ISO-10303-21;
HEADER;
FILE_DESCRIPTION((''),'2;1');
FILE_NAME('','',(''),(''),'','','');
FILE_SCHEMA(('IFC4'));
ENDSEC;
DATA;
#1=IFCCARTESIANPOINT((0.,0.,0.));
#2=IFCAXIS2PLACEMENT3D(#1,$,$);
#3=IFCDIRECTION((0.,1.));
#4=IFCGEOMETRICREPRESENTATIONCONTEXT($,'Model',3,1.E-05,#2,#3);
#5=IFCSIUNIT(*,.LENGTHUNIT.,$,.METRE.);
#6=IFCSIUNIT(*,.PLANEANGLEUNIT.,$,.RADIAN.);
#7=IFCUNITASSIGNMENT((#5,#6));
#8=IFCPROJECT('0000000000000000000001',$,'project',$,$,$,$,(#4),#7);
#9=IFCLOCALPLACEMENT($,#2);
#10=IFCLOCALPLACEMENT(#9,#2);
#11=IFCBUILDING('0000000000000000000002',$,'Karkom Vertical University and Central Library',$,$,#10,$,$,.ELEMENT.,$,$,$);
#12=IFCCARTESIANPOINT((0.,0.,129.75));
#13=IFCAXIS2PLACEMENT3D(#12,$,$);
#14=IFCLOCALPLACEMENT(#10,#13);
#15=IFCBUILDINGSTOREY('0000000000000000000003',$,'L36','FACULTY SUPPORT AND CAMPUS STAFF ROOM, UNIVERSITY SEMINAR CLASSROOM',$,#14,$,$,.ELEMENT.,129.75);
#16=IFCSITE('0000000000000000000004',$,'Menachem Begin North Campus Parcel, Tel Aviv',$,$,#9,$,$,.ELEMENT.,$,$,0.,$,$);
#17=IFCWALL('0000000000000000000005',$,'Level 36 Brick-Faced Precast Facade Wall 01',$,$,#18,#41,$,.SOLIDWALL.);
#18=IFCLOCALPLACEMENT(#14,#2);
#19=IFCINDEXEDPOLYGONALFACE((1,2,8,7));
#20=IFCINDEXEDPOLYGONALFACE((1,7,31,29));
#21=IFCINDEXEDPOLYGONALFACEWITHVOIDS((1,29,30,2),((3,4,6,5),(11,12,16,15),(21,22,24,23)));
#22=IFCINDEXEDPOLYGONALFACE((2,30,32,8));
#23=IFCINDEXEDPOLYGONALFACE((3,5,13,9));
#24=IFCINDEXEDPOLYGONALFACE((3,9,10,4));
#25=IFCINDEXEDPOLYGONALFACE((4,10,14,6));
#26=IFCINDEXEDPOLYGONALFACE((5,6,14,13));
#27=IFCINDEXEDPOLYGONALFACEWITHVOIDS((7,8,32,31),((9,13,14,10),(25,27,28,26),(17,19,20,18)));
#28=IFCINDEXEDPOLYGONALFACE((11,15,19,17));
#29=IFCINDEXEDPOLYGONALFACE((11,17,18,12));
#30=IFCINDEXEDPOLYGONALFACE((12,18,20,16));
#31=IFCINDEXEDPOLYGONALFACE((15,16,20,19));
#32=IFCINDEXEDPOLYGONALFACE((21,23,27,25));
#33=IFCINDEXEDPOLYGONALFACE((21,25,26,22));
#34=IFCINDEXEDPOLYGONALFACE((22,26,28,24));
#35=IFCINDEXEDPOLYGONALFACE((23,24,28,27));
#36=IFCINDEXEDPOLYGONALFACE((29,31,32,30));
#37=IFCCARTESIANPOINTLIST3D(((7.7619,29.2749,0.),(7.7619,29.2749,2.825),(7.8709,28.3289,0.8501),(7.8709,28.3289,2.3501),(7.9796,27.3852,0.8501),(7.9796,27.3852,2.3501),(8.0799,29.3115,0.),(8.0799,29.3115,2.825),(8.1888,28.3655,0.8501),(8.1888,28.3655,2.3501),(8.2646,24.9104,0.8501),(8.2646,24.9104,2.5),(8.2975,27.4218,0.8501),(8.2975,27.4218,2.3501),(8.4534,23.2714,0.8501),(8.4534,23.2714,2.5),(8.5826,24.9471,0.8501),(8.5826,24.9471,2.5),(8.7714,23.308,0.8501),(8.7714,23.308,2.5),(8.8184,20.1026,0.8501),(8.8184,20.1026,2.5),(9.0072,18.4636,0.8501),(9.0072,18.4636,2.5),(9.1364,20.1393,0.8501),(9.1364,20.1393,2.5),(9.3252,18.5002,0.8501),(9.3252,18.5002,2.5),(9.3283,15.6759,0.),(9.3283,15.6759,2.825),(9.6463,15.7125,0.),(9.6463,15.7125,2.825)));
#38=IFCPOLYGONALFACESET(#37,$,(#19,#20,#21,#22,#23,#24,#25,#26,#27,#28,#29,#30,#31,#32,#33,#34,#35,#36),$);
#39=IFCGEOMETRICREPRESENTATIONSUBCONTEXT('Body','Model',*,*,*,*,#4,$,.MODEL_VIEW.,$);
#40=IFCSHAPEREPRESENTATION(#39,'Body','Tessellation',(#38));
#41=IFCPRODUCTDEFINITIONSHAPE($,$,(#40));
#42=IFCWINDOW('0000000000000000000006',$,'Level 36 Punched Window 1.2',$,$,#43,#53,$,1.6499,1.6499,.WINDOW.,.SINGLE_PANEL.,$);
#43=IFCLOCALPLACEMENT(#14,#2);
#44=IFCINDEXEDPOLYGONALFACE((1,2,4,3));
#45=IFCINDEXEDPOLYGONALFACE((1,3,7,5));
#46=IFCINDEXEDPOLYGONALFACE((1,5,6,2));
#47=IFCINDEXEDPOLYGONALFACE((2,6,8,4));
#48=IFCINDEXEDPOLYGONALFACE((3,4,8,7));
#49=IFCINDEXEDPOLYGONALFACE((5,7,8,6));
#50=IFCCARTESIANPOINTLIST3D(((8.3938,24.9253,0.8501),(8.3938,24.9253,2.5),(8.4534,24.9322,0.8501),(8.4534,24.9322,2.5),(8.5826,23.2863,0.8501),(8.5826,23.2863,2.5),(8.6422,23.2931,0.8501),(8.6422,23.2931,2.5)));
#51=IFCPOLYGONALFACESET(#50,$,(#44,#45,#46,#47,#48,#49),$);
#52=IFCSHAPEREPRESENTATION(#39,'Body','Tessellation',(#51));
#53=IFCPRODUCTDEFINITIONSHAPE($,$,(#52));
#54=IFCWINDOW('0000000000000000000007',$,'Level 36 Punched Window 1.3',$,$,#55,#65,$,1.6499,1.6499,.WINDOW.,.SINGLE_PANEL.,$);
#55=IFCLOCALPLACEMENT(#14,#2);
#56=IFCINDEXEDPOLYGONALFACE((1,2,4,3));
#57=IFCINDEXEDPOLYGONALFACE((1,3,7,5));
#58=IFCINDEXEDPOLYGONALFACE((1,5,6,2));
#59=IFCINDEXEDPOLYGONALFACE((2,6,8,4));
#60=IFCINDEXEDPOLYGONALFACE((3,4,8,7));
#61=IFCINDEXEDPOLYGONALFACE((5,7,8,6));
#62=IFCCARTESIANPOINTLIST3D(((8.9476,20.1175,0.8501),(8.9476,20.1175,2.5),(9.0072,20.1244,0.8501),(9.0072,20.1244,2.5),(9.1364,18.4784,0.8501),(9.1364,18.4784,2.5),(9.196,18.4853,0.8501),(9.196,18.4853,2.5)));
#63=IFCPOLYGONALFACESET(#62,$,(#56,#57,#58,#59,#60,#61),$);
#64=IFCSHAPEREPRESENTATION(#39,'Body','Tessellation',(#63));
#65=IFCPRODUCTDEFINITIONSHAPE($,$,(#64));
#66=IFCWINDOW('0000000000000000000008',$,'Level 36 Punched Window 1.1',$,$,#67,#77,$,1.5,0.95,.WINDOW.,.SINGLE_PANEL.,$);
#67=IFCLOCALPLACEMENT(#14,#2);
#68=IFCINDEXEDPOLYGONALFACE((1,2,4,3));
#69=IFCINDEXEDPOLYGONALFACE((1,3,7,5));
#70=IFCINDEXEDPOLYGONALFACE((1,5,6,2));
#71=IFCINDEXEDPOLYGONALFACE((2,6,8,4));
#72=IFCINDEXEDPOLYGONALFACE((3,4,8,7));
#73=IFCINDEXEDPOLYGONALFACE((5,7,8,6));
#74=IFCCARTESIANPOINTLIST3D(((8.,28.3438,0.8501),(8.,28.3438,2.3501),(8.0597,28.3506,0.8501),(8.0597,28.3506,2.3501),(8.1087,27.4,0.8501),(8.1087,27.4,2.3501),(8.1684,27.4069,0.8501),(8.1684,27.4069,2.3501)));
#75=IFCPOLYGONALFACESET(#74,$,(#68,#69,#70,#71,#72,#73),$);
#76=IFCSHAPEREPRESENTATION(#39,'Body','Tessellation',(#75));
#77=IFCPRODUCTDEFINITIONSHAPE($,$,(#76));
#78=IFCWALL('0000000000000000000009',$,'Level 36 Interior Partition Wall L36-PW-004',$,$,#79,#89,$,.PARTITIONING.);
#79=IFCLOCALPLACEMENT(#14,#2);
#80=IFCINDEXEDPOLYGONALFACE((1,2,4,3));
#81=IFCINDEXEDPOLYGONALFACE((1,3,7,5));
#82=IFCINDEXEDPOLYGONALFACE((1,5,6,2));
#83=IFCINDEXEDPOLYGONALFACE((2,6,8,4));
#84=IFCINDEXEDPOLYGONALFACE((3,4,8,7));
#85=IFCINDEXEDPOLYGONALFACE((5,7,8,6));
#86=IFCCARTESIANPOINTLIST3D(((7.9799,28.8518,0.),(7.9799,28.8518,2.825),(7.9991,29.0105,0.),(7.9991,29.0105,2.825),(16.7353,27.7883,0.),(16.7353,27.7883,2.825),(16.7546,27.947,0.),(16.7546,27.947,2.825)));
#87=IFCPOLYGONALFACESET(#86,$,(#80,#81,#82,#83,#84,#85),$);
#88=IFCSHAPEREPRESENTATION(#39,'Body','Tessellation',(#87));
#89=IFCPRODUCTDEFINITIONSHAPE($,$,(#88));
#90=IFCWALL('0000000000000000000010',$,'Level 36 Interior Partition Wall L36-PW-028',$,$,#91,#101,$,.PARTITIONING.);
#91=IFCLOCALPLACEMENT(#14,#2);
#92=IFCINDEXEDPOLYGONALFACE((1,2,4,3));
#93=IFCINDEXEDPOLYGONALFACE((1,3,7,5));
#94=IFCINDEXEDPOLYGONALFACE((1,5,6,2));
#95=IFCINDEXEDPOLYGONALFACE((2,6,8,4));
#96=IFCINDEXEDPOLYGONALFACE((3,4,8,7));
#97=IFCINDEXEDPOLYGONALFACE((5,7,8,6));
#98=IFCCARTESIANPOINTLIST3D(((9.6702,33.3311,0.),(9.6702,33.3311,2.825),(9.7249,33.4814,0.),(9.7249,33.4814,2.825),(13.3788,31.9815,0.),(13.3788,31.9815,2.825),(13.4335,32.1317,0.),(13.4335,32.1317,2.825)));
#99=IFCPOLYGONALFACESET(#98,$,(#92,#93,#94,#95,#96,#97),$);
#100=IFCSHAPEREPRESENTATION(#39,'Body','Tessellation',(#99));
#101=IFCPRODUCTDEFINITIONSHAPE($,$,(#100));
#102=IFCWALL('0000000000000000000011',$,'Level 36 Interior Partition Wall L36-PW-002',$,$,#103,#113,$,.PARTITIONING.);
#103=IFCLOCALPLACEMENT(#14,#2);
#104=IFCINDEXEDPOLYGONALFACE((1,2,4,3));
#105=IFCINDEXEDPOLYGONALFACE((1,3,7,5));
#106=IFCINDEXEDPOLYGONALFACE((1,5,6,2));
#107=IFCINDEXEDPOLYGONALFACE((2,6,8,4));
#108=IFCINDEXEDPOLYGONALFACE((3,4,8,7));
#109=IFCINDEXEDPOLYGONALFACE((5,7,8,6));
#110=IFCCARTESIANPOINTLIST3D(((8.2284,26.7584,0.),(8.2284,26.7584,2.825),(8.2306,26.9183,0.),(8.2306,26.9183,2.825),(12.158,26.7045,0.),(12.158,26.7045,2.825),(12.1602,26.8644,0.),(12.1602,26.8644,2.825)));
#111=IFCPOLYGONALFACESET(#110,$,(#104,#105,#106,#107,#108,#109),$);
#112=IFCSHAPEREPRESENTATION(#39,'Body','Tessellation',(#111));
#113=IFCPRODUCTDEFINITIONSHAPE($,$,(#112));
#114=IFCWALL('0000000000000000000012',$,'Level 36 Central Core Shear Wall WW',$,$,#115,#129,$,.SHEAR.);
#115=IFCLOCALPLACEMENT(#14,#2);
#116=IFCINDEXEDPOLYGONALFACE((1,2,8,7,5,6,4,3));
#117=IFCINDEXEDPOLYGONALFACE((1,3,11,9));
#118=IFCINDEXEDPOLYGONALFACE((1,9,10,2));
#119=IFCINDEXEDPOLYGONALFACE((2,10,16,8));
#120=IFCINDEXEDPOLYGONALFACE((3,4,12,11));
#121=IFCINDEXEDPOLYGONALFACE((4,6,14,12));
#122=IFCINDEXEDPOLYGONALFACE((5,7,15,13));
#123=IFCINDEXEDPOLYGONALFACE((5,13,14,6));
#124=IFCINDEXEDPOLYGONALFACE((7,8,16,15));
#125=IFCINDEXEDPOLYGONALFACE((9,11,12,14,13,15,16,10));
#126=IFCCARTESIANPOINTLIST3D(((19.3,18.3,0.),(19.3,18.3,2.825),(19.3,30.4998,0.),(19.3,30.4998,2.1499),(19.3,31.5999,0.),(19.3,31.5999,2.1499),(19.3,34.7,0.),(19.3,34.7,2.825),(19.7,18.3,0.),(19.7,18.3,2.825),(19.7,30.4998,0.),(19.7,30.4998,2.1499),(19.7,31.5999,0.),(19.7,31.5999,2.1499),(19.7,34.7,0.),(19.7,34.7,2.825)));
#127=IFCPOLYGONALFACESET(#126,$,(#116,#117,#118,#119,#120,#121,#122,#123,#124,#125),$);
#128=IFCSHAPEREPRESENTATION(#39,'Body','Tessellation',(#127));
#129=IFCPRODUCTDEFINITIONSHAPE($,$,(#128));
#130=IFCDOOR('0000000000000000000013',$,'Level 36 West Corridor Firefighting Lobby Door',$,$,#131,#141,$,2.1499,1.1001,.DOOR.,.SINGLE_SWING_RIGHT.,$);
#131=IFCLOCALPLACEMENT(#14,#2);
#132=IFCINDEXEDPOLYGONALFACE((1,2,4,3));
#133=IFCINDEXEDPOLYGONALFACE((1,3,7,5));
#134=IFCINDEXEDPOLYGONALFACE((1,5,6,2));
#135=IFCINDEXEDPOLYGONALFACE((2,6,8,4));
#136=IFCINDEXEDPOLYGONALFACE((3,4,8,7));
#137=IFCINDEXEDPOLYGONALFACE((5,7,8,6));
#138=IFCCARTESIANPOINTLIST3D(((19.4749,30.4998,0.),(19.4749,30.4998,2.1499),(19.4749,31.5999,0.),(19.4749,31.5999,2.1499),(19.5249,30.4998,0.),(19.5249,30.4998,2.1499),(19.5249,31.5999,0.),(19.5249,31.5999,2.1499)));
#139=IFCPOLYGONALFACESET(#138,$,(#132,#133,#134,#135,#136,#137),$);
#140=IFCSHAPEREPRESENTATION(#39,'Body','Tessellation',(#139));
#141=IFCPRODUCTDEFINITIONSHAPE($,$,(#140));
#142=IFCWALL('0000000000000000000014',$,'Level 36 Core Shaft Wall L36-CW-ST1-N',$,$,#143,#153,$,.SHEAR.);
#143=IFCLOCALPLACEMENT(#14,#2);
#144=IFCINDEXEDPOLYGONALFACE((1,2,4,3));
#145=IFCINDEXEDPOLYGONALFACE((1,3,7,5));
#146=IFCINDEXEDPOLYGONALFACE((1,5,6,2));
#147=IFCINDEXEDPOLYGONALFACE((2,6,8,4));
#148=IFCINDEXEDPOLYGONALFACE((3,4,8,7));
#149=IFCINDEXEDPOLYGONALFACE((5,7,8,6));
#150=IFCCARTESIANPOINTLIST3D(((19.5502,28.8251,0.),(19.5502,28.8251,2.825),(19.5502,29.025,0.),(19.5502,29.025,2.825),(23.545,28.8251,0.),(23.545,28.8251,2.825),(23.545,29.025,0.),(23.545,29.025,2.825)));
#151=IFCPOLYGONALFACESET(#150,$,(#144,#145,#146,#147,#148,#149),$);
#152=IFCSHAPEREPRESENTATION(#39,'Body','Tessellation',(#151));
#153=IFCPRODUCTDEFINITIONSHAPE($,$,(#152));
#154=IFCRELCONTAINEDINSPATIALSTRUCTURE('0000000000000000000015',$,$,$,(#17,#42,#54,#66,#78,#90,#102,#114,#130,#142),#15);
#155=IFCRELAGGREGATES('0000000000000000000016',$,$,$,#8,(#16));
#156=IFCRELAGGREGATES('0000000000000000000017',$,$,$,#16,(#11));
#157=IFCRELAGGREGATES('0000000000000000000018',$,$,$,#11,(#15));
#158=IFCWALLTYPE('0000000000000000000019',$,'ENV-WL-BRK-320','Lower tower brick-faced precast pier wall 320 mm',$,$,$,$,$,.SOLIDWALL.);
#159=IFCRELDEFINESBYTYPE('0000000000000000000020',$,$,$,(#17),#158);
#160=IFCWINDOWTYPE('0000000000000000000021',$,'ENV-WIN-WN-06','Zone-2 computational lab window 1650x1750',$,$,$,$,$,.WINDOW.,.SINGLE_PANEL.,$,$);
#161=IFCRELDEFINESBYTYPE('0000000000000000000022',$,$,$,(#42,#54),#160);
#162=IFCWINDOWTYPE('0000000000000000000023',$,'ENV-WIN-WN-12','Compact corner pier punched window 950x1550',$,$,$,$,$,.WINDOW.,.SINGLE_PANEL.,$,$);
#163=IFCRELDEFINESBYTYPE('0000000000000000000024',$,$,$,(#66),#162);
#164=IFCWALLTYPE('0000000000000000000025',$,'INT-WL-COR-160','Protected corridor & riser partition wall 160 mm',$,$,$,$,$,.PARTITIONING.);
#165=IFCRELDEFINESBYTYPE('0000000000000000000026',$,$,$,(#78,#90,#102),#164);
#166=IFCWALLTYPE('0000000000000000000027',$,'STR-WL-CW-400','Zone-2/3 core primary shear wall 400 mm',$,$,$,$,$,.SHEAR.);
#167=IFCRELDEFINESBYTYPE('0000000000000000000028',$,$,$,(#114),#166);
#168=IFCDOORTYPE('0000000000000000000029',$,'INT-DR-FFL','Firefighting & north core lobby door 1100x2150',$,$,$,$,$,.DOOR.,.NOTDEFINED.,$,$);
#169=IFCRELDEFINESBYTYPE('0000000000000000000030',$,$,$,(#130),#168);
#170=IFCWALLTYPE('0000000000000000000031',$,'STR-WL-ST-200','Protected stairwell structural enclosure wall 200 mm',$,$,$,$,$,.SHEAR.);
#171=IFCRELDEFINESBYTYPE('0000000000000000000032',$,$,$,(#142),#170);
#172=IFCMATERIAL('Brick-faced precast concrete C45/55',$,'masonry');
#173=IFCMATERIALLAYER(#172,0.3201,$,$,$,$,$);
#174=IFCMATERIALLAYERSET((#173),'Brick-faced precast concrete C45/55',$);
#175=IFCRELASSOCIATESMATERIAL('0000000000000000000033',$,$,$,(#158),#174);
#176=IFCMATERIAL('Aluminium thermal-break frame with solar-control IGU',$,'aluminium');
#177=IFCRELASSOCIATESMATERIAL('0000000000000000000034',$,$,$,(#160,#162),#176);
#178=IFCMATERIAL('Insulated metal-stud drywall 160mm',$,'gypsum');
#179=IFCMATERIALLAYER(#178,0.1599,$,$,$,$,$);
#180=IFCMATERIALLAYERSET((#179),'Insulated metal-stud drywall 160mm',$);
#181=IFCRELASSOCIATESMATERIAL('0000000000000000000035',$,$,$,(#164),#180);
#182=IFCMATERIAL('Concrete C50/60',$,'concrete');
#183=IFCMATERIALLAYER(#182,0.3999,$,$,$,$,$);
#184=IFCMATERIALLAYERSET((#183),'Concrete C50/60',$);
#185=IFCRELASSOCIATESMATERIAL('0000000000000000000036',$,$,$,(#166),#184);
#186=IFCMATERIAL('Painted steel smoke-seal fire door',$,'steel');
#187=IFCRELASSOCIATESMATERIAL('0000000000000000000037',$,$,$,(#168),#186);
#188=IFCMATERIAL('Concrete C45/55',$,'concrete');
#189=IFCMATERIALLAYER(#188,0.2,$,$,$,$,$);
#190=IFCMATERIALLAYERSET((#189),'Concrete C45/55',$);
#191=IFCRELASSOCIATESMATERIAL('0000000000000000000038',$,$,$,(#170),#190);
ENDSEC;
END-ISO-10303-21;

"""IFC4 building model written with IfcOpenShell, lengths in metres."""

from ifc_helpers import new_model, si_unit, direction, frame, frame_2d, origin, origin_with_axes, place, context, subcontext, project, spatial, rectangle, extrude, source, transform, mapped, material, layer, layer_set, type_object, element, fill, save


model = new_model("IFC4")

# Units and contexts
model_context = context("Model", 3, precision=1e-05, world=origin(), true_north=direction((0.0, 1.0)))
body_context = subcontext(model_context, "Body", "Model", "MODEL_VIEW")
ifc_project = project(units=[si_unit("LENGTHUNIT", "METRE"), si_unit("PLANEANGLEUNIT", "RADIAN")], contexts=[model_context])

# Site, building, storey
site_placement = place(None, origin())
site = spatial("IfcSite", under=ifc_project, at=site_placement, Name="Menachem Begin North Campus Parcel, Tel Aviv", CompositionType="ELEMENT", RefElevation=0.0)
building_placement = place(site_placement, origin())
building = spatial("IfcBuilding", under=site, at=building_placement, Name="Karkom Vertical University and Central Library", CompositionType="ELEMENT")
storey_placement = place(building_placement, frame((0.0, 0.0, 129.75)))
storey = spatial("IfcBuildingStorey", under=building, at=storey_placement, Name="L36", Description="FACULTY SUPPORT AND CAMPUS STAFF ROOM, UNIVERSITY SEMINAR CLASSROOM", CompositionType="ELEMENT", Elevation=129.75)

# Shared definitions
ifc_material_1 = material(Name="Concrete C50/60", Category="concrete")

# Wall, openings, windows
ifc_material_2 = material(Name="Brick-faced precast concrete C45/55", Category="masonry")
ifc_layer_1 = layer(ifc_material_2, 0.3201)
ifc_layer_set_1 = layer_set([ifc_layer_1], Name="Brick-faced precast concrete C45/55")
wall_type_1 = type_object("IfcWallType", Name="ENV-WL-BRK-320", Description="Lower tower brick-faced precast pier wall 320 mm", PredefinedType="SOLIDWALL", material=ifc_layer_set_1)
wall_1_placement = place(storey_placement, frame((7.9209, 29.2932, 0.0), z_axis=(0.0, 0.0, 1.0), x_axis=(0.114428, -0.993432, 0.0)))
wall_1 = element("IfcWall", 1, at=wall_1_placement, inside=storey, type_object=wall_type_1, Name="Level 36 Brick-Faced Precast Facade Wall 01", PredefinedType="SOLIDWALL", context=body_context, shape_type="SweptSolid", body=[
    extrude(rectangle(XDim=13.689, YDim=0.3201, at=frame_2d((6.8445, 0.0))), origin(), (0.0, 0.0, 1.0), 2.825),
])
opening_1_placement = place(wall_1_placement, frame((0.9521, 0.0, 0.8501)))
opening_1 = element("IfcOpeningElement", 2, at=opening_1_placement, cuts=wall_1, PredefinedType="OPENING", context=body_context, shape_type="SweptSolid", body=[
    extrude(rectangle(XDim=0.95, YDim=1.5, at=frame_2d((0.4751, 0.75))), frame((0.0, 0.1699, 0.0), z_axis=(0.0, -1.0, 0.0), x_axis=(1.0, 0.0, 0.0)), (0.0, 0.0, 1.0), 0.3401),
])
opening_2_placement = place(wall_1_placement, frame((4.3933, 0.0, 0.8501)))
opening_2 = element("IfcOpeningElement", 3, at=opening_2_placement, cuts=wall_1, PredefinedType="OPENING", context=body_context, shape_type="SweptSolid", body=[
    extrude(rectangle(XDim=1.6499, YDim=1.6499, at=frame_2d((0.825, 0.825))), frame((0.0, 0.1699, 0.0), z_axis=(0.0, -1.0, 0.0), x_axis=(1.0, 0.0, 0.0)), (0.0, 0.0, 1.0), 0.3401),
])
opening_3_placement = place(wall_1_placement, frame((9.2329, 0.0, 0.8501)))
opening_3 = element("IfcOpeningElement", 4, at=opening_3_placement, cuts=wall_1, PredefinedType="OPENING", context=body_context, shape_type="SweptSolid", body=[
    extrude(rectangle(XDim=1.6499, YDim=1.6499, at=frame_2d((0.825, 0.825))), frame((0.0, 0.1699, 0.0), z_axis=(0.0, -1.0, 0.0), x_axis=(1.0, 0.0, 0.0)), (0.0, 0.0, 1.0), 0.3401),
])
ifc_material_3 = material(Name="Aluminium thermal-break frame with solar-control IGU", Category="aluminium")
window_type_1 = type_object("IfcWindowType", Name="ENV-WIN-WN-06", Description="Zone-2 computational lab window 1650x1750", PartitioningType="SINGLE_PANEL", PredefinedType="WINDOW", material=ifc_material_3)
shared_shape_1 = source(origin_with_axes(), body_context, "Body", "SweptSolid", [
    extrude(rectangle(XDim=1.6499, YDim=1.6499, at=frame_2d((0.825, 0.825))), frame((0.0, 0.03, 0.0), z_axis=(0.0, -1.0, 0.0), x_axis=(1.0, 0.0, 0.0)), (0.0, 0.0, 1.0), 0.0601),
])
window_1_placement = place(opening_2_placement, origin())
window_1 = element("IfcWindow", 5, at=window_1_placement, inside=storey, type_object=window_type_1, Name="Level 36 Punched Window 1.2", OverallHeight=1.6499, OverallWidth=1.6499, PartitioningType="SINGLE_PANEL", PredefinedType="WINDOW", context=body_context, shape_type="MappedRepresentation", body=[
    mapped(shared_shape_1, transform((0.0, 0.0, 0.0), scale=1.0)),
])
fill(opening_2, window_1)
window_2_placement = place(opening_3_placement, origin())
window_2 = element("IfcWindow", 6, at=window_2_placement, inside=storey, type_object=window_type_1, Name="Level 36 Punched Window 1.3", OverallHeight=1.6499, OverallWidth=1.6499, PartitioningType="SINGLE_PANEL", PredefinedType="WINDOW", context=body_context, shape_type="MappedRepresentation", body=[
    mapped(shared_shape_1, transform((0.0, 0.0, 0.0), scale=1.0)),
])
fill(opening_3, window_2)
window_type_2 = type_object("IfcWindowType", Name="ENV-WIN-WN-12", Description="Compact corner pier punched window 950x1550", PartitioningType="SINGLE_PANEL", PredefinedType="WINDOW", material=ifc_material_3)
shared_shape_2 = source(origin_with_axes(), body_context, "Body", "SweptSolid", [
    extrude(rectangle(XDim=0.95, YDim=1.5, at=frame_2d((0.4751, 0.75))), frame((0.0, 0.03, 0.0), z_axis=(0.0, -1.0, 0.0), x_axis=(1.0, 0.0, 0.0)), (0.0, 0.0, 1.0), 0.0601),
])
window_3_placement = place(opening_1_placement, origin())
window_3 = element("IfcWindow", 7, at=window_3_placement, inside=storey, type_object=window_type_2, Name="Level 36 Punched Window 1.1", OverallHeight=1.5, OverallWidth=0.95, PartitioningType="SINGLE_PANEL", PredefinedType="WINDOW", context=body_context, shape_type="MappedRepresentation", body=[
    mapped(shared_shape_2, transform((0.0, 0.0, 0.0), scale=1.0)),
])
fill(opening_1, window_3)

# Walls
ifc_material_4 = material(Name="Insulated metal-stud drywall 160mm", Category="gypsum")
ifc_layer_2 = layer(ifc_material_4, 0.1599)
ifc_layer_set_2 = layer_set([ifc_layer_2], Name="Insulated metal-stud drywall 160mm")
wall_type_2 = type_object("IfcWallType", Name="INT-WL-COR-160", Description="Protected corridor & riser partition wall 160 mm", PredefinedType="PARTITIONING", material=ifc_layer_set_2)
wall_2_placement = place(storey_placement, frame((7.9895, 28.9312, 0.0), z_axis=(0.0, 0.0, 1.0), x_axis=(0.992704, -0.120579, 0.0)))
element("IfcWall", 8, at=wall_2_placement, inside=storey, type_object=wall_type_2, Name="Level 36 Interior Partition Wall L36-PW-004", PredefinedType="PARTITIONING", context=body_context, shape_type="SweptSolid", body=[
    extrude(rectangle(XDim=8.8198, YDim=0.1599, at=frame_2d((4.4099, 0.0))), origin(), (0.0, 0.0, 1.0), 2.825),
])
wall_3_placement = place(storey_placement, frame((13.406, 32.0566, 0.0), z_axis=(0.0, 0.0, 1.0), x_axis=(-0.939707, 0.341981, 0.0)))
element("IfcWall", 9, at=wall_3_placement, inside=storey, type_object=wall_type_2, Name="Level 36 Interior Partition Wall L36-PW-028", PredefinedType="PARTITIONING", context=body_context, shape_type="SweptSolid", body=[
    extrude(rectangle(XDim=3.9465, YDim=0.1599, at=frame_2d((1.9731, 0.0))), origin(), (0.0, 0.0, 1.0), 2.825),
])
wall_4_placement = place(storey_placement, frame((12.1589, 26.7844, 0.0), z_axis=(0.0, 0.0, 1.0), x_axis=(-0.999906, 0.01373, 0.0)))
element("IfcWall", 10, at=wall_4_placement, inside=storey, type_object=wall_type_2, Name="Level 36 Interior Partition Wall L36-PW-002", PredefinedType="PARTITIONING", context=body_context, shape_type="SweptSolid", body=[
    extrude(rectangle(XDim=3.9299, YDim=0.1599, at=frame_2d((1.9648, 0.0))), origin(), (0.0, 0.0, 1.0), 2.825),
])

# Wall, opening, door
ifc_layer_3 = layer(ifc_material_1, 0.3999)
ifc_layer_set_3 = layer_set([ifc_layer_3], Name="Concrete C50/60")
wall_type_3 = type_object("IfcWallType", Name="STR-WL-CW-400", Description="Zone-2/3 core primary shear wall 400 mm", PredefinedType="SHEAR", material=ifc_layer_set_3)
wall_5_placement = place(storey_placement, frame((19.5, 34.7, 0.0), z_axis=(0.0, 0.0, 1.0), x_axis=(0.0, -1.0, 0.0)))
wall_5 = element("IfcWall", 11, at=wall_5_placement, inside=storey, type_object=wall_type_3, Name="Level 36 Central Core Shear Wall WW", PredefinedType="SHEAR", context=body_context, shape_type="SweptSolid", body=[
    extrude(rectangle(XDim=16.3999, YDim=0.3999, at=frame_2d((8.2, 0.0))), origin(), (0.0, 0.0, 1.0), 2.825),
])
opening_4_placement = place(wall_5_placement, frame((3.1001, 0.0, 0.0)))
opening_4 = element("IfcOpeningElement", 12, at=opening_4_placement, cuts=wall_5, PredefinedType="OPENING", context=body_context, shape_type="SweptSolid", body=[
    extrude(rectangle(XDim=1.1001, YDim=2.1499, at=frame_2d((0.55, 1.075))), frame((0.0, 0.21, 0.0), z_axis=(0.0, -1.0, 0.0), x_axis=(1.0, 0.0, 0.0)), (0.0, 0.0, 1.0), 0.4199),
])
ifc_material_5 = material(Name="Painted steel smoke-seal fire door", Category="steel")
door_type = type_object("IfcDoorType", Name="INT-DR-FFL", Description="Firefighting & north core lobby door 1100x2150", OperationType="NOTDEFINED", PredefinedType="DOOR", material=ifc_material_5)
shared_shape_3 = source(origin_with_axes(), body_context, "Body", "SweptSolid", [
    extrude(rectangle(XDim=1.1001, YDim=2.1499, at=frame_2d((0.55, 1.075))), frame((0.0, 0.0249, 0.0), z_axis=(0.0, -1.0, 0.0), x_axis=(1.0, 0.0, 0.0)), (0.0, 0.0, 1.0), 0.05),
])
door_placement = place(opening_4_placement, origin())
door = element("IfcDoor", 13, at=door_placement, inside=storey, type_object=door_type, Name="Level 36 West Corridor Firefighting Lobby Door", OperationType="SINGLE_SWING_RIGHT", OverallHeight=2.1499, OverallWidth=1.1001, PredefinedType="DOOR", context=body_context, shape_type="MappedRepresentation", body=[
    mapped(shared_shape_3, transform((0.0, 0.0, 0.0), scale=1.0)),
])
fill(opening_4, door)

# Wall
ifc_material_6 = material(Name="Concrete C45/55", Category="concrete")
ifc_layer_4 = layer(ifc_material_6, 0.2)
ifc_layer_set_4 = layer_set([ifc_layer_4], Name="Concrete C45/55")
wall_type_4 = type_object("IfcWallType", Name="STR-WL-ST-200", Description="Protected stairwell structural enclosure wall 200 mm", PredefinedType="SHEAR", material=ifc_layer_set_4)
wall_6_placement = place(storey_placement, frame((19.55, 28.925, 0.0), z_axis=(0.0, 0.0, 1.0), x_axis=(1.0, 0.0, 0.0)))
element("IfcWall", 14, at=wall_6_placement, inside=storey, type_object=wall_type_4, Name="Level 36 Core Shaft Wall L36-CW-ST1-N", PredefinedType="SHEAR", context=body_context, shape_type="SweptSolid", body=[
    extrude(rectangle(XDim=3.9949, YDim=0.2, at=frame_2d((1.9976, 0.0))), origin(), (0.0, 0.0, 1.0), 2.825),
])

save(model, "model.ifc")
